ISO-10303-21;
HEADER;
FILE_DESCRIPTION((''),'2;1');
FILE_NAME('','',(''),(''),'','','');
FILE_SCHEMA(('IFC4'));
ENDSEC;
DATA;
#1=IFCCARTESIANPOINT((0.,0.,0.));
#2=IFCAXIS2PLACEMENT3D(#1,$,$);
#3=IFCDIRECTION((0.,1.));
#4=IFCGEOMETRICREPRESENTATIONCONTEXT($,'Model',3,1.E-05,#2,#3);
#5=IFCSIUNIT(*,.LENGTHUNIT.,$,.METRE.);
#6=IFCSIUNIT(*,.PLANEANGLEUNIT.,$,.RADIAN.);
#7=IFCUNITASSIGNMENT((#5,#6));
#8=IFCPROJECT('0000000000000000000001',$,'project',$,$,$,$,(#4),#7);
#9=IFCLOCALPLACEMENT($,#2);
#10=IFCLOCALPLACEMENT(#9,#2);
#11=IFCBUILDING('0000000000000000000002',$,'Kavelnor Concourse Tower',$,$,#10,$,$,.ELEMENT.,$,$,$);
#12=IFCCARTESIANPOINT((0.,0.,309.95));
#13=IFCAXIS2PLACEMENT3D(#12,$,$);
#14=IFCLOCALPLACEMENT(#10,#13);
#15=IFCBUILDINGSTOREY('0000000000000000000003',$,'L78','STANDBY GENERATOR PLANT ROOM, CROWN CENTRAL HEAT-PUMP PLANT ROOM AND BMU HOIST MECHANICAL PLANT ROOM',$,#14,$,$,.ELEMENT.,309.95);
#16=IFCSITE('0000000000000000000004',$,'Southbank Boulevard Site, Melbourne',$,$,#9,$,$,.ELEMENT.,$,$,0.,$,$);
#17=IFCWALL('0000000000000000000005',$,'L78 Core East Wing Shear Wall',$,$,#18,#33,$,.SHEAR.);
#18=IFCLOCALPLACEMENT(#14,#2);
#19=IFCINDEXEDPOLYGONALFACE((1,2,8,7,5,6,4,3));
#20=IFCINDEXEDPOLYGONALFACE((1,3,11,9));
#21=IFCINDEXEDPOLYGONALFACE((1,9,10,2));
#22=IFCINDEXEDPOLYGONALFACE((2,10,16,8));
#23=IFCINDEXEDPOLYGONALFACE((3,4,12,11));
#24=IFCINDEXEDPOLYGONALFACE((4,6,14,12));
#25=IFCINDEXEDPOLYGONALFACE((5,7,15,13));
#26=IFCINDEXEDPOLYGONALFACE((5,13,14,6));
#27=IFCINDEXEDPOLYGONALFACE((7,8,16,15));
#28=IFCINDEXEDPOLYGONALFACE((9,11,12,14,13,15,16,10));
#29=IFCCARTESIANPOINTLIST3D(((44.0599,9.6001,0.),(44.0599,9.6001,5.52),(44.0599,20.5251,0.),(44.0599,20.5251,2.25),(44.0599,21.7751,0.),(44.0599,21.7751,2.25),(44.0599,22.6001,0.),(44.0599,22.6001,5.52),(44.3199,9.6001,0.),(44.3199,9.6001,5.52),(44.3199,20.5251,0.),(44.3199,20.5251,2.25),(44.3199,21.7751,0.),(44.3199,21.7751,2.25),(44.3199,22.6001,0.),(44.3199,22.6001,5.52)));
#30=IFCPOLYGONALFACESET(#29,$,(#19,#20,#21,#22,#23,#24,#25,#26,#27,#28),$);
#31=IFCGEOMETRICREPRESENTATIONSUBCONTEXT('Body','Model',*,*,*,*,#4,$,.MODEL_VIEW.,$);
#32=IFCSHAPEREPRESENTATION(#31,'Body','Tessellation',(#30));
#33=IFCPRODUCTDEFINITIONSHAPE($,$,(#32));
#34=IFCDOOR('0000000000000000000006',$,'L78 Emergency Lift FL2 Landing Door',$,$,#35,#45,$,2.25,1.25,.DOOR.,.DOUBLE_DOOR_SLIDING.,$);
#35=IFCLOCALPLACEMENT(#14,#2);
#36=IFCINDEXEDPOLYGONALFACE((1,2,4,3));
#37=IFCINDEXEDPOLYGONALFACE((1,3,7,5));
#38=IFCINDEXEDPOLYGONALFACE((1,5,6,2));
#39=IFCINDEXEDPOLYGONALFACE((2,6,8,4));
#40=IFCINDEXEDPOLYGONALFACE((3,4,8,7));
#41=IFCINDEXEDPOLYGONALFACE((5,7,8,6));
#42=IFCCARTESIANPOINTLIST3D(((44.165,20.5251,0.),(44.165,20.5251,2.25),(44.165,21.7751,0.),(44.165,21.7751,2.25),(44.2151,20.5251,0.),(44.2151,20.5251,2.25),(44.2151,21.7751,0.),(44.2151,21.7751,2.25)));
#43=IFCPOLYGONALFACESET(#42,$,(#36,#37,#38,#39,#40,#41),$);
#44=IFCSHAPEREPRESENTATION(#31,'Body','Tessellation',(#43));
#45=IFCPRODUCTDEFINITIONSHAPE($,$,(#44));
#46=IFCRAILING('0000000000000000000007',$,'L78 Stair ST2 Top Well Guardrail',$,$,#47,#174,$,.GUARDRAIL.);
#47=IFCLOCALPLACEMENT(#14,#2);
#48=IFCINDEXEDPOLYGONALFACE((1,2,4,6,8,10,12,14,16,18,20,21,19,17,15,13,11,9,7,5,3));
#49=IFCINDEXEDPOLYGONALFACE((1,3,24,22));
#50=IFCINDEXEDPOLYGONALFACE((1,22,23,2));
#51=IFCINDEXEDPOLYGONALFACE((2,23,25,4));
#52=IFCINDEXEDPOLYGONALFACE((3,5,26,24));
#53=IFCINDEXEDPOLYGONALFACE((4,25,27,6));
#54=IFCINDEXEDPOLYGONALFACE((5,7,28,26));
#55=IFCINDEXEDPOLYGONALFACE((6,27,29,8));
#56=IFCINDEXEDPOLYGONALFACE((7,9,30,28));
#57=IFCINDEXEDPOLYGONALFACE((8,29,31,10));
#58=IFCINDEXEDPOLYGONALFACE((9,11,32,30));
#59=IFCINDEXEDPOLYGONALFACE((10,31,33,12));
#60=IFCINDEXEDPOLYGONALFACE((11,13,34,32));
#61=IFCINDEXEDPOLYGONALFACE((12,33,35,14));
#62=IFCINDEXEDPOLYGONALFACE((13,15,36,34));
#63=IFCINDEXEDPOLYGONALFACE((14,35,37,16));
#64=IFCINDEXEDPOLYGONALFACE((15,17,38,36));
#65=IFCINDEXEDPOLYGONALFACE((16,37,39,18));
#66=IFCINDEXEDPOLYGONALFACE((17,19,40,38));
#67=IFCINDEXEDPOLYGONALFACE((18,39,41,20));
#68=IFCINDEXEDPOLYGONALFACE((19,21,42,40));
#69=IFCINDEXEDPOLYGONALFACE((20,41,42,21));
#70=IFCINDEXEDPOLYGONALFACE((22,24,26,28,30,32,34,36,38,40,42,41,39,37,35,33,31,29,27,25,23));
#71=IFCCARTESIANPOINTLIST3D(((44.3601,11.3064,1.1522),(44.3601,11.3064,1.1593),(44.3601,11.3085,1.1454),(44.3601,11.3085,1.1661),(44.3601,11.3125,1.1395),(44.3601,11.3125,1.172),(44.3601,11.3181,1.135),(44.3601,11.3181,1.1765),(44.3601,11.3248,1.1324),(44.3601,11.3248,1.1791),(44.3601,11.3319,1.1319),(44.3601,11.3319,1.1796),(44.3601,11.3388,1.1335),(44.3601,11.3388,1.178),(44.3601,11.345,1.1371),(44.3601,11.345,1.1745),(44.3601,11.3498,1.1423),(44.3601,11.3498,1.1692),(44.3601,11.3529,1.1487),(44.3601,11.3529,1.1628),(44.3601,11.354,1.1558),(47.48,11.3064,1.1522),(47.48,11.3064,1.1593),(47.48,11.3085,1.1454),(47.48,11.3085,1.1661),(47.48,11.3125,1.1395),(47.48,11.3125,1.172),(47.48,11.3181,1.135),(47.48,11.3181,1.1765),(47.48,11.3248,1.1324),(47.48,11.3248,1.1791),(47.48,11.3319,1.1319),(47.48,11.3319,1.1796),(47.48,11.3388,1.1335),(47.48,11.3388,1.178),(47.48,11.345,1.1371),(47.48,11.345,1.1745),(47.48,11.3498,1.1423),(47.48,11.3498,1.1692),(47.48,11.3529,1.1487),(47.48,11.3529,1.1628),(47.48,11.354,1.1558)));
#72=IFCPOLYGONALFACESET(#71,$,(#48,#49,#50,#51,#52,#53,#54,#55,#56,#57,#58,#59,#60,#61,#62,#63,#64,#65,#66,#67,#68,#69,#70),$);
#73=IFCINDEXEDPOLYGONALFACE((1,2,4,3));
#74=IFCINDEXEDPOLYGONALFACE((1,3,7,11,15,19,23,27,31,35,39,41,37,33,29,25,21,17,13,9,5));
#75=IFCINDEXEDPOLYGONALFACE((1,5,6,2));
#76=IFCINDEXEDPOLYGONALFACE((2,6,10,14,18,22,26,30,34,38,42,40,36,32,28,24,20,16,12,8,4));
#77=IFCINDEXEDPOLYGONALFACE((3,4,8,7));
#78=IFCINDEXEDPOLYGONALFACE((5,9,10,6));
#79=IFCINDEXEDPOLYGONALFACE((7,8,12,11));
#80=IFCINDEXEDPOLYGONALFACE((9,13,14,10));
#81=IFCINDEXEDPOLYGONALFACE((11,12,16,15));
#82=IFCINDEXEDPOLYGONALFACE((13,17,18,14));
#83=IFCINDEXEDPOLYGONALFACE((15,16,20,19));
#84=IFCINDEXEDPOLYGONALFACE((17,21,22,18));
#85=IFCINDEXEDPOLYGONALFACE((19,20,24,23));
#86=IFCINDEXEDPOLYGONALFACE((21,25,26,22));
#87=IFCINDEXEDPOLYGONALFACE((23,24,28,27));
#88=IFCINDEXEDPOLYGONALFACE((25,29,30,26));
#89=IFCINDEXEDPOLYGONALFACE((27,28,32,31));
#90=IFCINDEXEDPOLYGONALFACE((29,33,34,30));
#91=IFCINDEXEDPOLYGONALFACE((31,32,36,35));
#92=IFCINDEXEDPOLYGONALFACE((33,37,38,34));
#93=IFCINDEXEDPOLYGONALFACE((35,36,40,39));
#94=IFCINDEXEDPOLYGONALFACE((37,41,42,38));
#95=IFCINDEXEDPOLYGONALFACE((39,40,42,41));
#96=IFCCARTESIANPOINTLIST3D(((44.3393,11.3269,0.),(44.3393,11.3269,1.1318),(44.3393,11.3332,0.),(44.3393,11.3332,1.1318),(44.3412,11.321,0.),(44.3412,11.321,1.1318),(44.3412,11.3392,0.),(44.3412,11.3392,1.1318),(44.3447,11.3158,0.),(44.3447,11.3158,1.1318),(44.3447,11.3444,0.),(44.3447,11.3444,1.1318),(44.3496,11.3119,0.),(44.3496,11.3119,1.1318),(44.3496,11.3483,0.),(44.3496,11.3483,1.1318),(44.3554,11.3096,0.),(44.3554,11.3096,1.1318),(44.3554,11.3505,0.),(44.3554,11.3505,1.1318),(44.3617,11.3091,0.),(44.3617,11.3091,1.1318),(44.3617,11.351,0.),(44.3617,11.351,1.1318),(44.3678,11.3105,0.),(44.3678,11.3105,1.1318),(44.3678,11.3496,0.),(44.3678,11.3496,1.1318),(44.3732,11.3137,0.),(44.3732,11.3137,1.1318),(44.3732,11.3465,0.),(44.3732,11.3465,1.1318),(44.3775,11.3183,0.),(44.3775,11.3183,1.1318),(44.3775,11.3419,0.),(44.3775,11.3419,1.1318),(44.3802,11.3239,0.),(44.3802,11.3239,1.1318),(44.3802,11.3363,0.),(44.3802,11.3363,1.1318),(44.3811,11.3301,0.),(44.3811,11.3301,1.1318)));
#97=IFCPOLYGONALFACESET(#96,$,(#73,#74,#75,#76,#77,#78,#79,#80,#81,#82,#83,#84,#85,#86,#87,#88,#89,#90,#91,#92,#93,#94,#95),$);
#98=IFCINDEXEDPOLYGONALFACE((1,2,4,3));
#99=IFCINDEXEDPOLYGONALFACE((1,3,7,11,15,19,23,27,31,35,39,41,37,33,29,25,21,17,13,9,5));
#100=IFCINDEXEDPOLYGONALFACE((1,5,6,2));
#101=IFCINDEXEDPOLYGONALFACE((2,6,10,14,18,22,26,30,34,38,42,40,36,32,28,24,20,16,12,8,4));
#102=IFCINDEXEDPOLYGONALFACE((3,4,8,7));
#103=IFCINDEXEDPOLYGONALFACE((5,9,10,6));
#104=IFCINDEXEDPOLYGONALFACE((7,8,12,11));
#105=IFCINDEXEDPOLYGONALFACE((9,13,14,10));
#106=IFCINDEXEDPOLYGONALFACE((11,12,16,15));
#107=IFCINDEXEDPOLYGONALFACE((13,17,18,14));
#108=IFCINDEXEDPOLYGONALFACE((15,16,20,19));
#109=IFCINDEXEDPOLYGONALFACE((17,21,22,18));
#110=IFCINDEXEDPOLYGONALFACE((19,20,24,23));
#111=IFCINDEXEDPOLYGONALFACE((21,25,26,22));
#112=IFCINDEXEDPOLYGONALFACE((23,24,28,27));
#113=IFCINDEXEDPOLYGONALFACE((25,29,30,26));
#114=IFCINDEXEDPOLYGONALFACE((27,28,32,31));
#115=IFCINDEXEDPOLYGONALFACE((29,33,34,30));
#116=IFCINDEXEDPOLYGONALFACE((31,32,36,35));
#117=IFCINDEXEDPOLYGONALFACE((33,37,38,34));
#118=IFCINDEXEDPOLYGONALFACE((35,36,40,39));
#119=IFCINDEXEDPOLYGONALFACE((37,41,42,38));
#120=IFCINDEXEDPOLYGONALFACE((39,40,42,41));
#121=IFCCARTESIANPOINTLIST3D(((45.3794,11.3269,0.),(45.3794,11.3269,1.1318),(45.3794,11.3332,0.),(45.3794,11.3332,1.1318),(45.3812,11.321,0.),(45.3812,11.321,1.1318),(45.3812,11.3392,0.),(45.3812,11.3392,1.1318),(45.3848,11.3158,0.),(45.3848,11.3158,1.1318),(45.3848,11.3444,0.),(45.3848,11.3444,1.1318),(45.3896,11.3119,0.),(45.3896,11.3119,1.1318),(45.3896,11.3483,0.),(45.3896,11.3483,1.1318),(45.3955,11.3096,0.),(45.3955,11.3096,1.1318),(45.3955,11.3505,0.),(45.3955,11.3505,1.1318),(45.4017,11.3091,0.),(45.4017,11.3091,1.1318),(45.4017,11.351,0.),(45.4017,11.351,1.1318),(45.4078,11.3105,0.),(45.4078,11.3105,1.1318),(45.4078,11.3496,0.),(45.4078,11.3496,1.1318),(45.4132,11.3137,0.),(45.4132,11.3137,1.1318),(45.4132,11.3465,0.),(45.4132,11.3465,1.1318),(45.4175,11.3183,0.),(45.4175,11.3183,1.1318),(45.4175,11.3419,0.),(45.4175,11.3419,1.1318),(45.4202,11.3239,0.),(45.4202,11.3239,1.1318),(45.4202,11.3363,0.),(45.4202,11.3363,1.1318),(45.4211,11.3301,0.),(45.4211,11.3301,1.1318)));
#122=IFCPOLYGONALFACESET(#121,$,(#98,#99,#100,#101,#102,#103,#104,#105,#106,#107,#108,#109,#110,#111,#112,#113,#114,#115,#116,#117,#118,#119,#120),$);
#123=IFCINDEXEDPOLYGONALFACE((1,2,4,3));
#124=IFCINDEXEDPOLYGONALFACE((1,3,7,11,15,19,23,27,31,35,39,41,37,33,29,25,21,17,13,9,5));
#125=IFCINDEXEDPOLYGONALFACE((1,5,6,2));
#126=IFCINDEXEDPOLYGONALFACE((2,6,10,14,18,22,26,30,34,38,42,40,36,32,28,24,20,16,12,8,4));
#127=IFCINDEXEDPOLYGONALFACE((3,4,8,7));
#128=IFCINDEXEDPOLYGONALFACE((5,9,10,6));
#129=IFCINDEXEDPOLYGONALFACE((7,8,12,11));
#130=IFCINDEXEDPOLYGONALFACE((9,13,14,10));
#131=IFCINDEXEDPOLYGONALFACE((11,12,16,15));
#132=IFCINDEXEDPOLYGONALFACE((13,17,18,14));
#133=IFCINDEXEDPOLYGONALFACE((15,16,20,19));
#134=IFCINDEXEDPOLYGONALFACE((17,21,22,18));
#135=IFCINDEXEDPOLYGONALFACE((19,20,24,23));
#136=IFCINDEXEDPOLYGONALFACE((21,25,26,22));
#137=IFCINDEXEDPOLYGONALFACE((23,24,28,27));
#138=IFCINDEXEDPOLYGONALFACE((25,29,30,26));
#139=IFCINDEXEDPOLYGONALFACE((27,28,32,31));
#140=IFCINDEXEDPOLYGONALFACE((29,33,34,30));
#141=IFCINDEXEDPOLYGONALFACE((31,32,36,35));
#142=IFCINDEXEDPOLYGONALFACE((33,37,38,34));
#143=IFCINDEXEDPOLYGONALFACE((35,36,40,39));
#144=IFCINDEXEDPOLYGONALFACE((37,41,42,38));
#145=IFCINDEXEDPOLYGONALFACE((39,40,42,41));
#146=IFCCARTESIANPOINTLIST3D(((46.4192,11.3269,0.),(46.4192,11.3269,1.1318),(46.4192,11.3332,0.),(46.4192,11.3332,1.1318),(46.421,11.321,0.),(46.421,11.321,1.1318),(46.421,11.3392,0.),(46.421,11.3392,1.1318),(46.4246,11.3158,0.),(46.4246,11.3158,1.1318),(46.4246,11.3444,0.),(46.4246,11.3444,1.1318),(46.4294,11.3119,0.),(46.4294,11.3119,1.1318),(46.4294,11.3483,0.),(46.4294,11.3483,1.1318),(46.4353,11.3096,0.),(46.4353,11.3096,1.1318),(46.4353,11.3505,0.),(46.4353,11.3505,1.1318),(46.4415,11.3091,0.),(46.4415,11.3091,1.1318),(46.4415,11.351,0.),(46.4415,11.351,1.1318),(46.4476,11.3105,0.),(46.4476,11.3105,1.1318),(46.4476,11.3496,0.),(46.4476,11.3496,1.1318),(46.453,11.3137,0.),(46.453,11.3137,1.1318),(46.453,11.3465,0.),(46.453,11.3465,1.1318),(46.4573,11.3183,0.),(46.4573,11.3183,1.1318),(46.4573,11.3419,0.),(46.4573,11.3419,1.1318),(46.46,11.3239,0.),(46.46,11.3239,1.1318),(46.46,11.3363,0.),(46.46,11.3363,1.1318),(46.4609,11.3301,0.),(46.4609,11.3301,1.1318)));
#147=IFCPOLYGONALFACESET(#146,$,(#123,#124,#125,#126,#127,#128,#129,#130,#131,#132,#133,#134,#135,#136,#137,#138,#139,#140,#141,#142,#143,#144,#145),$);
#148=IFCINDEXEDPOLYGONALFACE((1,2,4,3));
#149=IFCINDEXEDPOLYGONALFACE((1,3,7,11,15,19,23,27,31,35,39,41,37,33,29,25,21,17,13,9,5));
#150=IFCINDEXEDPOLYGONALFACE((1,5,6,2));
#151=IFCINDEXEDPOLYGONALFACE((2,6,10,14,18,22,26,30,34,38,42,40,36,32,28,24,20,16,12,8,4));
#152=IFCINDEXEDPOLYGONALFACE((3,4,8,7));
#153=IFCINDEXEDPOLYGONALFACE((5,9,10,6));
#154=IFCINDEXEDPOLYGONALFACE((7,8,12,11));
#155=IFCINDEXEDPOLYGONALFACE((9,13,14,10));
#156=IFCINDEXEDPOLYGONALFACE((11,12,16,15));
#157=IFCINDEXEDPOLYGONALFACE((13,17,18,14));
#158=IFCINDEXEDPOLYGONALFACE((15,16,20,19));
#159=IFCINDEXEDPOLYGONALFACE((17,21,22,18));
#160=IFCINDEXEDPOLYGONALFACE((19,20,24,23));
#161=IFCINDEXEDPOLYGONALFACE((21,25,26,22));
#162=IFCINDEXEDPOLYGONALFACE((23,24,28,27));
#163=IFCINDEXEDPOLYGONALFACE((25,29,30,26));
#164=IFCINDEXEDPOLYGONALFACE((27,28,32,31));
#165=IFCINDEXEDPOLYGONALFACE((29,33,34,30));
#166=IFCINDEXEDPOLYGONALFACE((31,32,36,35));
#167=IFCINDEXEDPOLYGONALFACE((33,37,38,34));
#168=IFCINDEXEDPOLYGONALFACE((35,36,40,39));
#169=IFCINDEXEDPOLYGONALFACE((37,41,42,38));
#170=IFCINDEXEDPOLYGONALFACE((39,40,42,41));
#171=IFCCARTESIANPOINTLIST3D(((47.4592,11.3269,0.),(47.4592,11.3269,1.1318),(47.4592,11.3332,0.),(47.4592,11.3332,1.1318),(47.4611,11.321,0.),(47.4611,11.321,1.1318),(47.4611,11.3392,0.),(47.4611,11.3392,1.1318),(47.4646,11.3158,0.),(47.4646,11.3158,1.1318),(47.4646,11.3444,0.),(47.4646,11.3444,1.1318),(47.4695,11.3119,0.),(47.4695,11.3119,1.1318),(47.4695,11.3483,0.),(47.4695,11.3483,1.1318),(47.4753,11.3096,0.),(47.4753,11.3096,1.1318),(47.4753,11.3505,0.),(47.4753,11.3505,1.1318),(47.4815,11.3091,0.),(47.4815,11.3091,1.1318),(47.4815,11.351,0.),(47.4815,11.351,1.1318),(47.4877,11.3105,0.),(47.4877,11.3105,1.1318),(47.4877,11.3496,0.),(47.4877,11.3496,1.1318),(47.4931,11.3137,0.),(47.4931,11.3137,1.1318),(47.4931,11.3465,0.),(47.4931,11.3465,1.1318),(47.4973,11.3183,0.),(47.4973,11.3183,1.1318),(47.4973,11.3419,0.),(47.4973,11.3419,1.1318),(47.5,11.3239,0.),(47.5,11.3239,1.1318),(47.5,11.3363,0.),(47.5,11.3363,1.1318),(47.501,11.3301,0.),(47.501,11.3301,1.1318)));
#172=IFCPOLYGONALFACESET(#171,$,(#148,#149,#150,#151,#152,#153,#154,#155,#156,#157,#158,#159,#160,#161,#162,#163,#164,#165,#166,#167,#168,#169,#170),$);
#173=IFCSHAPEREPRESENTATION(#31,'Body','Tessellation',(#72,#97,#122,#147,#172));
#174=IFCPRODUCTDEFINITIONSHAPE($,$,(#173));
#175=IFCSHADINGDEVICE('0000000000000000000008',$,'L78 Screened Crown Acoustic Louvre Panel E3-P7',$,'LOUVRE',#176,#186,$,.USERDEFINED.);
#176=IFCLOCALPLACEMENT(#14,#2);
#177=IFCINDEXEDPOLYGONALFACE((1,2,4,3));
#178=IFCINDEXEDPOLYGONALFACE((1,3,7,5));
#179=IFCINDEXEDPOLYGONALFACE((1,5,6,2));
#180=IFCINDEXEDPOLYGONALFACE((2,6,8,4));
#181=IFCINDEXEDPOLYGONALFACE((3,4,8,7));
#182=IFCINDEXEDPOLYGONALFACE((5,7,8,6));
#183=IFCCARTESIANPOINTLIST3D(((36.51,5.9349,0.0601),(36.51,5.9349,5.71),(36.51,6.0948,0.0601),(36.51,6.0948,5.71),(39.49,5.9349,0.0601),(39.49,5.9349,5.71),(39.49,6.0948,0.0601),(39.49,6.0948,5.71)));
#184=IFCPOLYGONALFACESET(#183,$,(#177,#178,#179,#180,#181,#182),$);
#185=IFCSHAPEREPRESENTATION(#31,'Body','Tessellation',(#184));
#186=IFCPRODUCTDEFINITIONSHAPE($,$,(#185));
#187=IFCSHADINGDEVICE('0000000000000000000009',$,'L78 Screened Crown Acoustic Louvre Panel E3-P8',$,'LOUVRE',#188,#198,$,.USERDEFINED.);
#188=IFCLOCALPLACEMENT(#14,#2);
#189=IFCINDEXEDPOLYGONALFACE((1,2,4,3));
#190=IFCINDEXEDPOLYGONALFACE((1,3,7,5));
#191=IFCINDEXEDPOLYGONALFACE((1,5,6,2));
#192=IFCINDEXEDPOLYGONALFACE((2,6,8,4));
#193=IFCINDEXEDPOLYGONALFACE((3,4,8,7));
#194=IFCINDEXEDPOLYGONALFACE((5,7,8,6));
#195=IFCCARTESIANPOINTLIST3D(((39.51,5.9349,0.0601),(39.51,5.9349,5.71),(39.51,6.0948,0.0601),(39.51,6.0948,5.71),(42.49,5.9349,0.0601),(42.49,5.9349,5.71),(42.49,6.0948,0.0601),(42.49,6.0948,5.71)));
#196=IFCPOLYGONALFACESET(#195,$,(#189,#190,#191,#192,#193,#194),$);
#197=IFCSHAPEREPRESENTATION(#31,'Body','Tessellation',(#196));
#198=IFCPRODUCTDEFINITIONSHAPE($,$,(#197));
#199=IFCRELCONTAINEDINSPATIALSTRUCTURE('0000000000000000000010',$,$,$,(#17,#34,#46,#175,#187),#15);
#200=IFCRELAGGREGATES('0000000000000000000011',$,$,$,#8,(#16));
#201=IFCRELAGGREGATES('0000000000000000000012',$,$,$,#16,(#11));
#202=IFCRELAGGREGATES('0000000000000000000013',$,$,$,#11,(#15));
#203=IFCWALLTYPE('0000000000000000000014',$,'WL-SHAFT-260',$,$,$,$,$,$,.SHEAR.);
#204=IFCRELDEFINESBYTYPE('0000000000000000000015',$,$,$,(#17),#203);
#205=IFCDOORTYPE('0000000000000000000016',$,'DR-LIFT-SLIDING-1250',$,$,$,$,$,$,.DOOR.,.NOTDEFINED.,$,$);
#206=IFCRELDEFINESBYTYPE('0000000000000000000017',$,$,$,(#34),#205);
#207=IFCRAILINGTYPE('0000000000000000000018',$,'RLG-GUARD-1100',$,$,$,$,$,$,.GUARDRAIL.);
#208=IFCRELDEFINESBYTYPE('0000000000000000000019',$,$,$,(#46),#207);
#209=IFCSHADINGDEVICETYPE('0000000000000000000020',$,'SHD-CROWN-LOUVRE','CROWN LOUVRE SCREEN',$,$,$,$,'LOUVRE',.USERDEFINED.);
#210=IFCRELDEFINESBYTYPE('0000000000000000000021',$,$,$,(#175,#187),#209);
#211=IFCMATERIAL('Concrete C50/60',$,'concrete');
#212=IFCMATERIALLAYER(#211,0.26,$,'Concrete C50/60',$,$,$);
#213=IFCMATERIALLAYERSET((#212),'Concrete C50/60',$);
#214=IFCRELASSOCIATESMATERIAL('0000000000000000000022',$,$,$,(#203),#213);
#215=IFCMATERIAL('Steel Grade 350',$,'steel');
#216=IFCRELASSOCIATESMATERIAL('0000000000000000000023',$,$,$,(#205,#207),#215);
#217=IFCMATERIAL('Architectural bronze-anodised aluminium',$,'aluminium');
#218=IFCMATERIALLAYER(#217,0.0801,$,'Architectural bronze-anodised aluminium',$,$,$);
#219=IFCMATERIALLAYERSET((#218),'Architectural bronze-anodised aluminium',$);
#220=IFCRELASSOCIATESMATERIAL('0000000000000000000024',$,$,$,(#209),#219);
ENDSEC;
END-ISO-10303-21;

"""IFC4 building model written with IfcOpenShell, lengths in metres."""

from ifc_helpers import new_model, si_unit, direction, frame, frame_2d, origin, origin_2d, place, context, subcontext, project, spatial, rectangle, circle, extrude, material, layer, layer_set, type_object, element, fill, save


model = new_model("IFC4")

# Units and contexts
model_context = context("Model", 3, precision=1e-05, world=origin(), true_north=direction((0.0, 1.0)))
body_context = subcontext(model_context, "Body", "Model", "MODEL_VIEW")
ifc_project = project(units=[si_unit("LENGTHUNIT", "METRE"), si_unit("PLANEANGLEUNIT", "RADIAN")], contexts=[model_context])

# Site, building, storey
site_placement = place(None, origin())
site = spatial("IfcSite", under=ifc_project, at=site_placement, Name="Southbank Boulevard Site, Melbourne", CompositionType="ELEMENT", RefElevation=0.0)
building_placement = place(site_placement, origin())
building = spatial("IfcBuilding", under=site, at=building_placement, Name="Kavelnor Concourse Tower", CompositionType="ELEMENT")
storey_placement = place(building_placement, frame((0.0, 0.0, 309.95)))
storey = spatial("IfcBuildingStorey", under=building, at=storey_placement, Name="L78", Description="STANDBY GENERATOR PLANT ROOM, CROWN CENTRAL HEAT-PUMP PLANT ROOM AND BMU HOIST MECHANICAL PLANT ROOM", CompositionType="ELEMENT", Elevation=309.95)

# Shared definitions
ifc_material_1 = material(Name="Steel Grade 350", Category="steel")

# Shared definitions
ifc_material_2 = material(Name="Concrete C50/60", Category="concrete")

# Wall, opening, door
ifc_layer_1 = layer(ifc_material_2, 0.26, Name="Concrete C50/60")
ifc_layer_set_1 = layer_set([ifc_layer_1], Name="Concrete C50/60")
wall_type_1 = type_object("IfcWallType", Name="WL-SHAFT-260", PredefinedType="SHEAR", material=ifc_layer_set_1)
wall_1_placement = place(storey_placement, frame((44.1899, 9.6001, 0.0), z_axis=(0.0, 0.0, 1.0), x_axis=(0.0, 1.0, 0.0)))
wall_1 = element("IfcWall", 1, at=wall_1_placement, inside=storey, type_object=wall_type_1, Name="L78 Core East Wing Shear Wall", PredefinedType="SHEAR", context=body_context, shape_type="SweptSolid", body=[
    extrude(rectangle(XDim=13.0, YDim=0.26, at=frame_2d((6.5, 0.0))), origin(), (0.0, 0.0, 1.0), 5.52),
])
opening_1_placement = place(wall_1_placement, frame((10.925, 0.0, 0.0)))
opening_1 = element("IfcOpeningElement", 2, at=opening_1_placement, cuts=wall_1, PredefinedType="OPENING", context=body_context, shape_type="SweptSolid", body=[
    extrude(rectangle(XDim=1.25, YDim=2.25, at=frame_2d((0.625, 1.125))), frame((0.0, 0.1401, 0.0), z_axis=(0.0, -1.0, 0.0), x_axis=(1.0, 0.0, 0.0)), (0.0, 0.0, 1.0), 0.28),
])
door_type_1 = type_object("IfcDoorType", Name="DR-LIFT-SLIDING-1250", OperationType="NOTDEFINED", PredefinedType="DOOR", material=ifc_material_1)
door_1_placement = place(opening_1_placement, origin())
door_1 = element("IfcDoor", 3, at=door_1_placement, inside=storey, type_object=door_type_1, Name="L78 Emergency Lift FL2 Landing Door", OperationType="DOUBLE_DOOR_SLIDING", OverallHeight=2.25, OverallWidth=1.25, PredefinedType="DOOR", context=body_context, shape_type="SweptSolid", body=[
    extrude(rectangle(XDim=1.25, YDim=2.25, at=frame_2d((0.625, 1.125))), frame((0.0, 0.0249, 0.0), z_axis=(0.0, -1.0, 0.0), x_axis=(1.0, 0.0, 0.0)), (0.0, 0.0, 1.0), 0.05),
])
fill(opening_1, door_1)

# Railing
railing_type = type_object("IfcRailingType", Name="RLG-GUARD-1100", PredefinedType="GUARDRAIL", material=ifc_material_1)
railing_placement = place(storey_placement, frame((44.3601, 11.3301, 0.0)))
element("IfcRailing", 4, at=railing_placement, inside=storey, type_object=railing_type, Name="L78 Stair ST2 Top Well Guardrail", PredefinedType="GUARDRAIL", context=body_context, shape_type="SweptSolid", body=[
    extrude(circle(Radius=0.0239, at=origin_2d()), frame((0.0, 0.0, 1.1558), z_axis=(1.0, 0.0, 0.0), x_axis=(0.0, 1.0, 0.0)), (0.0, 0.0, 1.0), 3.1199),
    extrude(circle(Radius=0.021, at=origin_2d()), origin(), (0.0, 0.0, 1.0), 1.1318),
    extrude(circle(Radius=0.021, at=origin_2d()), frame((1.04, 0.0, 0.0)), (0.0, 0.0, 1.0), 1.1318),
    extrude(circle(Radius=0.021, at=origin_2d()), frame((2.0798, 0.0, 0.0)), (0.0, 0.0, 1.0), 1.1318),
    extrude(circle(Radius=0.021, at=origin_2d()), frame((3.1199, 0.0, 0.0)), (0.0, 0.0, 1.0), 1.1318),
])

# Shading devices
ifc_material_3 = material(Name="Architectural bronze-anodised aluminium", Category="aluminium")
ifc_layer_2 = layer(ifc_material_3, 0.0801, Name="Architectural bronze-anodised aluminium")
ifc_layer_set_2 = layer_set([ifc_layer_2], Name="Architectural bronze-anodised aluminium")
shading_device_type = type_object("IfcShadingDeviceType", Name="SHD-CROWN-LOUVRE", Description="CROWN LOUVRE SCREEN", ElementType="LOUVRE", PredefinedType="USERDEFINED", material=ifc_layer_set_2)
for number, where, z_axis, x_axis, name in (
    (5, (38.0, 6.0149, 0.0601), (0.0, 0.0, 1.0), (1.0, 0.0, 0.0), "L78 Screened Crown Acoustic Louvre Panel E3-P7"),
    (6, (41.0, 6.0149, 0.0601), (0.0, 0.0, 1.0), (1.0, 0.0, 0.0), "L78 Screened Crown Acoustic Louvre Panel E3-P8"),
):
    element("IfcShadingDevice", number, at=place(storey_placement, frame(where, z_axis=z_axis, x_axis=x_axis)), inside=storey, type_object=shading_device_type, Name=name, ObjectType="LOUVRE", PredefinedType="USERDEFINED", context=body_context, shape_type="SweptSolid", body=[
        extrude(rectangle(XDim=2.98, YDim=0.1599, at=origin_2d()), origin(), (0.0, 0.0, 1.0), 5.6499),
    ])

save(model, "model.ifc")
